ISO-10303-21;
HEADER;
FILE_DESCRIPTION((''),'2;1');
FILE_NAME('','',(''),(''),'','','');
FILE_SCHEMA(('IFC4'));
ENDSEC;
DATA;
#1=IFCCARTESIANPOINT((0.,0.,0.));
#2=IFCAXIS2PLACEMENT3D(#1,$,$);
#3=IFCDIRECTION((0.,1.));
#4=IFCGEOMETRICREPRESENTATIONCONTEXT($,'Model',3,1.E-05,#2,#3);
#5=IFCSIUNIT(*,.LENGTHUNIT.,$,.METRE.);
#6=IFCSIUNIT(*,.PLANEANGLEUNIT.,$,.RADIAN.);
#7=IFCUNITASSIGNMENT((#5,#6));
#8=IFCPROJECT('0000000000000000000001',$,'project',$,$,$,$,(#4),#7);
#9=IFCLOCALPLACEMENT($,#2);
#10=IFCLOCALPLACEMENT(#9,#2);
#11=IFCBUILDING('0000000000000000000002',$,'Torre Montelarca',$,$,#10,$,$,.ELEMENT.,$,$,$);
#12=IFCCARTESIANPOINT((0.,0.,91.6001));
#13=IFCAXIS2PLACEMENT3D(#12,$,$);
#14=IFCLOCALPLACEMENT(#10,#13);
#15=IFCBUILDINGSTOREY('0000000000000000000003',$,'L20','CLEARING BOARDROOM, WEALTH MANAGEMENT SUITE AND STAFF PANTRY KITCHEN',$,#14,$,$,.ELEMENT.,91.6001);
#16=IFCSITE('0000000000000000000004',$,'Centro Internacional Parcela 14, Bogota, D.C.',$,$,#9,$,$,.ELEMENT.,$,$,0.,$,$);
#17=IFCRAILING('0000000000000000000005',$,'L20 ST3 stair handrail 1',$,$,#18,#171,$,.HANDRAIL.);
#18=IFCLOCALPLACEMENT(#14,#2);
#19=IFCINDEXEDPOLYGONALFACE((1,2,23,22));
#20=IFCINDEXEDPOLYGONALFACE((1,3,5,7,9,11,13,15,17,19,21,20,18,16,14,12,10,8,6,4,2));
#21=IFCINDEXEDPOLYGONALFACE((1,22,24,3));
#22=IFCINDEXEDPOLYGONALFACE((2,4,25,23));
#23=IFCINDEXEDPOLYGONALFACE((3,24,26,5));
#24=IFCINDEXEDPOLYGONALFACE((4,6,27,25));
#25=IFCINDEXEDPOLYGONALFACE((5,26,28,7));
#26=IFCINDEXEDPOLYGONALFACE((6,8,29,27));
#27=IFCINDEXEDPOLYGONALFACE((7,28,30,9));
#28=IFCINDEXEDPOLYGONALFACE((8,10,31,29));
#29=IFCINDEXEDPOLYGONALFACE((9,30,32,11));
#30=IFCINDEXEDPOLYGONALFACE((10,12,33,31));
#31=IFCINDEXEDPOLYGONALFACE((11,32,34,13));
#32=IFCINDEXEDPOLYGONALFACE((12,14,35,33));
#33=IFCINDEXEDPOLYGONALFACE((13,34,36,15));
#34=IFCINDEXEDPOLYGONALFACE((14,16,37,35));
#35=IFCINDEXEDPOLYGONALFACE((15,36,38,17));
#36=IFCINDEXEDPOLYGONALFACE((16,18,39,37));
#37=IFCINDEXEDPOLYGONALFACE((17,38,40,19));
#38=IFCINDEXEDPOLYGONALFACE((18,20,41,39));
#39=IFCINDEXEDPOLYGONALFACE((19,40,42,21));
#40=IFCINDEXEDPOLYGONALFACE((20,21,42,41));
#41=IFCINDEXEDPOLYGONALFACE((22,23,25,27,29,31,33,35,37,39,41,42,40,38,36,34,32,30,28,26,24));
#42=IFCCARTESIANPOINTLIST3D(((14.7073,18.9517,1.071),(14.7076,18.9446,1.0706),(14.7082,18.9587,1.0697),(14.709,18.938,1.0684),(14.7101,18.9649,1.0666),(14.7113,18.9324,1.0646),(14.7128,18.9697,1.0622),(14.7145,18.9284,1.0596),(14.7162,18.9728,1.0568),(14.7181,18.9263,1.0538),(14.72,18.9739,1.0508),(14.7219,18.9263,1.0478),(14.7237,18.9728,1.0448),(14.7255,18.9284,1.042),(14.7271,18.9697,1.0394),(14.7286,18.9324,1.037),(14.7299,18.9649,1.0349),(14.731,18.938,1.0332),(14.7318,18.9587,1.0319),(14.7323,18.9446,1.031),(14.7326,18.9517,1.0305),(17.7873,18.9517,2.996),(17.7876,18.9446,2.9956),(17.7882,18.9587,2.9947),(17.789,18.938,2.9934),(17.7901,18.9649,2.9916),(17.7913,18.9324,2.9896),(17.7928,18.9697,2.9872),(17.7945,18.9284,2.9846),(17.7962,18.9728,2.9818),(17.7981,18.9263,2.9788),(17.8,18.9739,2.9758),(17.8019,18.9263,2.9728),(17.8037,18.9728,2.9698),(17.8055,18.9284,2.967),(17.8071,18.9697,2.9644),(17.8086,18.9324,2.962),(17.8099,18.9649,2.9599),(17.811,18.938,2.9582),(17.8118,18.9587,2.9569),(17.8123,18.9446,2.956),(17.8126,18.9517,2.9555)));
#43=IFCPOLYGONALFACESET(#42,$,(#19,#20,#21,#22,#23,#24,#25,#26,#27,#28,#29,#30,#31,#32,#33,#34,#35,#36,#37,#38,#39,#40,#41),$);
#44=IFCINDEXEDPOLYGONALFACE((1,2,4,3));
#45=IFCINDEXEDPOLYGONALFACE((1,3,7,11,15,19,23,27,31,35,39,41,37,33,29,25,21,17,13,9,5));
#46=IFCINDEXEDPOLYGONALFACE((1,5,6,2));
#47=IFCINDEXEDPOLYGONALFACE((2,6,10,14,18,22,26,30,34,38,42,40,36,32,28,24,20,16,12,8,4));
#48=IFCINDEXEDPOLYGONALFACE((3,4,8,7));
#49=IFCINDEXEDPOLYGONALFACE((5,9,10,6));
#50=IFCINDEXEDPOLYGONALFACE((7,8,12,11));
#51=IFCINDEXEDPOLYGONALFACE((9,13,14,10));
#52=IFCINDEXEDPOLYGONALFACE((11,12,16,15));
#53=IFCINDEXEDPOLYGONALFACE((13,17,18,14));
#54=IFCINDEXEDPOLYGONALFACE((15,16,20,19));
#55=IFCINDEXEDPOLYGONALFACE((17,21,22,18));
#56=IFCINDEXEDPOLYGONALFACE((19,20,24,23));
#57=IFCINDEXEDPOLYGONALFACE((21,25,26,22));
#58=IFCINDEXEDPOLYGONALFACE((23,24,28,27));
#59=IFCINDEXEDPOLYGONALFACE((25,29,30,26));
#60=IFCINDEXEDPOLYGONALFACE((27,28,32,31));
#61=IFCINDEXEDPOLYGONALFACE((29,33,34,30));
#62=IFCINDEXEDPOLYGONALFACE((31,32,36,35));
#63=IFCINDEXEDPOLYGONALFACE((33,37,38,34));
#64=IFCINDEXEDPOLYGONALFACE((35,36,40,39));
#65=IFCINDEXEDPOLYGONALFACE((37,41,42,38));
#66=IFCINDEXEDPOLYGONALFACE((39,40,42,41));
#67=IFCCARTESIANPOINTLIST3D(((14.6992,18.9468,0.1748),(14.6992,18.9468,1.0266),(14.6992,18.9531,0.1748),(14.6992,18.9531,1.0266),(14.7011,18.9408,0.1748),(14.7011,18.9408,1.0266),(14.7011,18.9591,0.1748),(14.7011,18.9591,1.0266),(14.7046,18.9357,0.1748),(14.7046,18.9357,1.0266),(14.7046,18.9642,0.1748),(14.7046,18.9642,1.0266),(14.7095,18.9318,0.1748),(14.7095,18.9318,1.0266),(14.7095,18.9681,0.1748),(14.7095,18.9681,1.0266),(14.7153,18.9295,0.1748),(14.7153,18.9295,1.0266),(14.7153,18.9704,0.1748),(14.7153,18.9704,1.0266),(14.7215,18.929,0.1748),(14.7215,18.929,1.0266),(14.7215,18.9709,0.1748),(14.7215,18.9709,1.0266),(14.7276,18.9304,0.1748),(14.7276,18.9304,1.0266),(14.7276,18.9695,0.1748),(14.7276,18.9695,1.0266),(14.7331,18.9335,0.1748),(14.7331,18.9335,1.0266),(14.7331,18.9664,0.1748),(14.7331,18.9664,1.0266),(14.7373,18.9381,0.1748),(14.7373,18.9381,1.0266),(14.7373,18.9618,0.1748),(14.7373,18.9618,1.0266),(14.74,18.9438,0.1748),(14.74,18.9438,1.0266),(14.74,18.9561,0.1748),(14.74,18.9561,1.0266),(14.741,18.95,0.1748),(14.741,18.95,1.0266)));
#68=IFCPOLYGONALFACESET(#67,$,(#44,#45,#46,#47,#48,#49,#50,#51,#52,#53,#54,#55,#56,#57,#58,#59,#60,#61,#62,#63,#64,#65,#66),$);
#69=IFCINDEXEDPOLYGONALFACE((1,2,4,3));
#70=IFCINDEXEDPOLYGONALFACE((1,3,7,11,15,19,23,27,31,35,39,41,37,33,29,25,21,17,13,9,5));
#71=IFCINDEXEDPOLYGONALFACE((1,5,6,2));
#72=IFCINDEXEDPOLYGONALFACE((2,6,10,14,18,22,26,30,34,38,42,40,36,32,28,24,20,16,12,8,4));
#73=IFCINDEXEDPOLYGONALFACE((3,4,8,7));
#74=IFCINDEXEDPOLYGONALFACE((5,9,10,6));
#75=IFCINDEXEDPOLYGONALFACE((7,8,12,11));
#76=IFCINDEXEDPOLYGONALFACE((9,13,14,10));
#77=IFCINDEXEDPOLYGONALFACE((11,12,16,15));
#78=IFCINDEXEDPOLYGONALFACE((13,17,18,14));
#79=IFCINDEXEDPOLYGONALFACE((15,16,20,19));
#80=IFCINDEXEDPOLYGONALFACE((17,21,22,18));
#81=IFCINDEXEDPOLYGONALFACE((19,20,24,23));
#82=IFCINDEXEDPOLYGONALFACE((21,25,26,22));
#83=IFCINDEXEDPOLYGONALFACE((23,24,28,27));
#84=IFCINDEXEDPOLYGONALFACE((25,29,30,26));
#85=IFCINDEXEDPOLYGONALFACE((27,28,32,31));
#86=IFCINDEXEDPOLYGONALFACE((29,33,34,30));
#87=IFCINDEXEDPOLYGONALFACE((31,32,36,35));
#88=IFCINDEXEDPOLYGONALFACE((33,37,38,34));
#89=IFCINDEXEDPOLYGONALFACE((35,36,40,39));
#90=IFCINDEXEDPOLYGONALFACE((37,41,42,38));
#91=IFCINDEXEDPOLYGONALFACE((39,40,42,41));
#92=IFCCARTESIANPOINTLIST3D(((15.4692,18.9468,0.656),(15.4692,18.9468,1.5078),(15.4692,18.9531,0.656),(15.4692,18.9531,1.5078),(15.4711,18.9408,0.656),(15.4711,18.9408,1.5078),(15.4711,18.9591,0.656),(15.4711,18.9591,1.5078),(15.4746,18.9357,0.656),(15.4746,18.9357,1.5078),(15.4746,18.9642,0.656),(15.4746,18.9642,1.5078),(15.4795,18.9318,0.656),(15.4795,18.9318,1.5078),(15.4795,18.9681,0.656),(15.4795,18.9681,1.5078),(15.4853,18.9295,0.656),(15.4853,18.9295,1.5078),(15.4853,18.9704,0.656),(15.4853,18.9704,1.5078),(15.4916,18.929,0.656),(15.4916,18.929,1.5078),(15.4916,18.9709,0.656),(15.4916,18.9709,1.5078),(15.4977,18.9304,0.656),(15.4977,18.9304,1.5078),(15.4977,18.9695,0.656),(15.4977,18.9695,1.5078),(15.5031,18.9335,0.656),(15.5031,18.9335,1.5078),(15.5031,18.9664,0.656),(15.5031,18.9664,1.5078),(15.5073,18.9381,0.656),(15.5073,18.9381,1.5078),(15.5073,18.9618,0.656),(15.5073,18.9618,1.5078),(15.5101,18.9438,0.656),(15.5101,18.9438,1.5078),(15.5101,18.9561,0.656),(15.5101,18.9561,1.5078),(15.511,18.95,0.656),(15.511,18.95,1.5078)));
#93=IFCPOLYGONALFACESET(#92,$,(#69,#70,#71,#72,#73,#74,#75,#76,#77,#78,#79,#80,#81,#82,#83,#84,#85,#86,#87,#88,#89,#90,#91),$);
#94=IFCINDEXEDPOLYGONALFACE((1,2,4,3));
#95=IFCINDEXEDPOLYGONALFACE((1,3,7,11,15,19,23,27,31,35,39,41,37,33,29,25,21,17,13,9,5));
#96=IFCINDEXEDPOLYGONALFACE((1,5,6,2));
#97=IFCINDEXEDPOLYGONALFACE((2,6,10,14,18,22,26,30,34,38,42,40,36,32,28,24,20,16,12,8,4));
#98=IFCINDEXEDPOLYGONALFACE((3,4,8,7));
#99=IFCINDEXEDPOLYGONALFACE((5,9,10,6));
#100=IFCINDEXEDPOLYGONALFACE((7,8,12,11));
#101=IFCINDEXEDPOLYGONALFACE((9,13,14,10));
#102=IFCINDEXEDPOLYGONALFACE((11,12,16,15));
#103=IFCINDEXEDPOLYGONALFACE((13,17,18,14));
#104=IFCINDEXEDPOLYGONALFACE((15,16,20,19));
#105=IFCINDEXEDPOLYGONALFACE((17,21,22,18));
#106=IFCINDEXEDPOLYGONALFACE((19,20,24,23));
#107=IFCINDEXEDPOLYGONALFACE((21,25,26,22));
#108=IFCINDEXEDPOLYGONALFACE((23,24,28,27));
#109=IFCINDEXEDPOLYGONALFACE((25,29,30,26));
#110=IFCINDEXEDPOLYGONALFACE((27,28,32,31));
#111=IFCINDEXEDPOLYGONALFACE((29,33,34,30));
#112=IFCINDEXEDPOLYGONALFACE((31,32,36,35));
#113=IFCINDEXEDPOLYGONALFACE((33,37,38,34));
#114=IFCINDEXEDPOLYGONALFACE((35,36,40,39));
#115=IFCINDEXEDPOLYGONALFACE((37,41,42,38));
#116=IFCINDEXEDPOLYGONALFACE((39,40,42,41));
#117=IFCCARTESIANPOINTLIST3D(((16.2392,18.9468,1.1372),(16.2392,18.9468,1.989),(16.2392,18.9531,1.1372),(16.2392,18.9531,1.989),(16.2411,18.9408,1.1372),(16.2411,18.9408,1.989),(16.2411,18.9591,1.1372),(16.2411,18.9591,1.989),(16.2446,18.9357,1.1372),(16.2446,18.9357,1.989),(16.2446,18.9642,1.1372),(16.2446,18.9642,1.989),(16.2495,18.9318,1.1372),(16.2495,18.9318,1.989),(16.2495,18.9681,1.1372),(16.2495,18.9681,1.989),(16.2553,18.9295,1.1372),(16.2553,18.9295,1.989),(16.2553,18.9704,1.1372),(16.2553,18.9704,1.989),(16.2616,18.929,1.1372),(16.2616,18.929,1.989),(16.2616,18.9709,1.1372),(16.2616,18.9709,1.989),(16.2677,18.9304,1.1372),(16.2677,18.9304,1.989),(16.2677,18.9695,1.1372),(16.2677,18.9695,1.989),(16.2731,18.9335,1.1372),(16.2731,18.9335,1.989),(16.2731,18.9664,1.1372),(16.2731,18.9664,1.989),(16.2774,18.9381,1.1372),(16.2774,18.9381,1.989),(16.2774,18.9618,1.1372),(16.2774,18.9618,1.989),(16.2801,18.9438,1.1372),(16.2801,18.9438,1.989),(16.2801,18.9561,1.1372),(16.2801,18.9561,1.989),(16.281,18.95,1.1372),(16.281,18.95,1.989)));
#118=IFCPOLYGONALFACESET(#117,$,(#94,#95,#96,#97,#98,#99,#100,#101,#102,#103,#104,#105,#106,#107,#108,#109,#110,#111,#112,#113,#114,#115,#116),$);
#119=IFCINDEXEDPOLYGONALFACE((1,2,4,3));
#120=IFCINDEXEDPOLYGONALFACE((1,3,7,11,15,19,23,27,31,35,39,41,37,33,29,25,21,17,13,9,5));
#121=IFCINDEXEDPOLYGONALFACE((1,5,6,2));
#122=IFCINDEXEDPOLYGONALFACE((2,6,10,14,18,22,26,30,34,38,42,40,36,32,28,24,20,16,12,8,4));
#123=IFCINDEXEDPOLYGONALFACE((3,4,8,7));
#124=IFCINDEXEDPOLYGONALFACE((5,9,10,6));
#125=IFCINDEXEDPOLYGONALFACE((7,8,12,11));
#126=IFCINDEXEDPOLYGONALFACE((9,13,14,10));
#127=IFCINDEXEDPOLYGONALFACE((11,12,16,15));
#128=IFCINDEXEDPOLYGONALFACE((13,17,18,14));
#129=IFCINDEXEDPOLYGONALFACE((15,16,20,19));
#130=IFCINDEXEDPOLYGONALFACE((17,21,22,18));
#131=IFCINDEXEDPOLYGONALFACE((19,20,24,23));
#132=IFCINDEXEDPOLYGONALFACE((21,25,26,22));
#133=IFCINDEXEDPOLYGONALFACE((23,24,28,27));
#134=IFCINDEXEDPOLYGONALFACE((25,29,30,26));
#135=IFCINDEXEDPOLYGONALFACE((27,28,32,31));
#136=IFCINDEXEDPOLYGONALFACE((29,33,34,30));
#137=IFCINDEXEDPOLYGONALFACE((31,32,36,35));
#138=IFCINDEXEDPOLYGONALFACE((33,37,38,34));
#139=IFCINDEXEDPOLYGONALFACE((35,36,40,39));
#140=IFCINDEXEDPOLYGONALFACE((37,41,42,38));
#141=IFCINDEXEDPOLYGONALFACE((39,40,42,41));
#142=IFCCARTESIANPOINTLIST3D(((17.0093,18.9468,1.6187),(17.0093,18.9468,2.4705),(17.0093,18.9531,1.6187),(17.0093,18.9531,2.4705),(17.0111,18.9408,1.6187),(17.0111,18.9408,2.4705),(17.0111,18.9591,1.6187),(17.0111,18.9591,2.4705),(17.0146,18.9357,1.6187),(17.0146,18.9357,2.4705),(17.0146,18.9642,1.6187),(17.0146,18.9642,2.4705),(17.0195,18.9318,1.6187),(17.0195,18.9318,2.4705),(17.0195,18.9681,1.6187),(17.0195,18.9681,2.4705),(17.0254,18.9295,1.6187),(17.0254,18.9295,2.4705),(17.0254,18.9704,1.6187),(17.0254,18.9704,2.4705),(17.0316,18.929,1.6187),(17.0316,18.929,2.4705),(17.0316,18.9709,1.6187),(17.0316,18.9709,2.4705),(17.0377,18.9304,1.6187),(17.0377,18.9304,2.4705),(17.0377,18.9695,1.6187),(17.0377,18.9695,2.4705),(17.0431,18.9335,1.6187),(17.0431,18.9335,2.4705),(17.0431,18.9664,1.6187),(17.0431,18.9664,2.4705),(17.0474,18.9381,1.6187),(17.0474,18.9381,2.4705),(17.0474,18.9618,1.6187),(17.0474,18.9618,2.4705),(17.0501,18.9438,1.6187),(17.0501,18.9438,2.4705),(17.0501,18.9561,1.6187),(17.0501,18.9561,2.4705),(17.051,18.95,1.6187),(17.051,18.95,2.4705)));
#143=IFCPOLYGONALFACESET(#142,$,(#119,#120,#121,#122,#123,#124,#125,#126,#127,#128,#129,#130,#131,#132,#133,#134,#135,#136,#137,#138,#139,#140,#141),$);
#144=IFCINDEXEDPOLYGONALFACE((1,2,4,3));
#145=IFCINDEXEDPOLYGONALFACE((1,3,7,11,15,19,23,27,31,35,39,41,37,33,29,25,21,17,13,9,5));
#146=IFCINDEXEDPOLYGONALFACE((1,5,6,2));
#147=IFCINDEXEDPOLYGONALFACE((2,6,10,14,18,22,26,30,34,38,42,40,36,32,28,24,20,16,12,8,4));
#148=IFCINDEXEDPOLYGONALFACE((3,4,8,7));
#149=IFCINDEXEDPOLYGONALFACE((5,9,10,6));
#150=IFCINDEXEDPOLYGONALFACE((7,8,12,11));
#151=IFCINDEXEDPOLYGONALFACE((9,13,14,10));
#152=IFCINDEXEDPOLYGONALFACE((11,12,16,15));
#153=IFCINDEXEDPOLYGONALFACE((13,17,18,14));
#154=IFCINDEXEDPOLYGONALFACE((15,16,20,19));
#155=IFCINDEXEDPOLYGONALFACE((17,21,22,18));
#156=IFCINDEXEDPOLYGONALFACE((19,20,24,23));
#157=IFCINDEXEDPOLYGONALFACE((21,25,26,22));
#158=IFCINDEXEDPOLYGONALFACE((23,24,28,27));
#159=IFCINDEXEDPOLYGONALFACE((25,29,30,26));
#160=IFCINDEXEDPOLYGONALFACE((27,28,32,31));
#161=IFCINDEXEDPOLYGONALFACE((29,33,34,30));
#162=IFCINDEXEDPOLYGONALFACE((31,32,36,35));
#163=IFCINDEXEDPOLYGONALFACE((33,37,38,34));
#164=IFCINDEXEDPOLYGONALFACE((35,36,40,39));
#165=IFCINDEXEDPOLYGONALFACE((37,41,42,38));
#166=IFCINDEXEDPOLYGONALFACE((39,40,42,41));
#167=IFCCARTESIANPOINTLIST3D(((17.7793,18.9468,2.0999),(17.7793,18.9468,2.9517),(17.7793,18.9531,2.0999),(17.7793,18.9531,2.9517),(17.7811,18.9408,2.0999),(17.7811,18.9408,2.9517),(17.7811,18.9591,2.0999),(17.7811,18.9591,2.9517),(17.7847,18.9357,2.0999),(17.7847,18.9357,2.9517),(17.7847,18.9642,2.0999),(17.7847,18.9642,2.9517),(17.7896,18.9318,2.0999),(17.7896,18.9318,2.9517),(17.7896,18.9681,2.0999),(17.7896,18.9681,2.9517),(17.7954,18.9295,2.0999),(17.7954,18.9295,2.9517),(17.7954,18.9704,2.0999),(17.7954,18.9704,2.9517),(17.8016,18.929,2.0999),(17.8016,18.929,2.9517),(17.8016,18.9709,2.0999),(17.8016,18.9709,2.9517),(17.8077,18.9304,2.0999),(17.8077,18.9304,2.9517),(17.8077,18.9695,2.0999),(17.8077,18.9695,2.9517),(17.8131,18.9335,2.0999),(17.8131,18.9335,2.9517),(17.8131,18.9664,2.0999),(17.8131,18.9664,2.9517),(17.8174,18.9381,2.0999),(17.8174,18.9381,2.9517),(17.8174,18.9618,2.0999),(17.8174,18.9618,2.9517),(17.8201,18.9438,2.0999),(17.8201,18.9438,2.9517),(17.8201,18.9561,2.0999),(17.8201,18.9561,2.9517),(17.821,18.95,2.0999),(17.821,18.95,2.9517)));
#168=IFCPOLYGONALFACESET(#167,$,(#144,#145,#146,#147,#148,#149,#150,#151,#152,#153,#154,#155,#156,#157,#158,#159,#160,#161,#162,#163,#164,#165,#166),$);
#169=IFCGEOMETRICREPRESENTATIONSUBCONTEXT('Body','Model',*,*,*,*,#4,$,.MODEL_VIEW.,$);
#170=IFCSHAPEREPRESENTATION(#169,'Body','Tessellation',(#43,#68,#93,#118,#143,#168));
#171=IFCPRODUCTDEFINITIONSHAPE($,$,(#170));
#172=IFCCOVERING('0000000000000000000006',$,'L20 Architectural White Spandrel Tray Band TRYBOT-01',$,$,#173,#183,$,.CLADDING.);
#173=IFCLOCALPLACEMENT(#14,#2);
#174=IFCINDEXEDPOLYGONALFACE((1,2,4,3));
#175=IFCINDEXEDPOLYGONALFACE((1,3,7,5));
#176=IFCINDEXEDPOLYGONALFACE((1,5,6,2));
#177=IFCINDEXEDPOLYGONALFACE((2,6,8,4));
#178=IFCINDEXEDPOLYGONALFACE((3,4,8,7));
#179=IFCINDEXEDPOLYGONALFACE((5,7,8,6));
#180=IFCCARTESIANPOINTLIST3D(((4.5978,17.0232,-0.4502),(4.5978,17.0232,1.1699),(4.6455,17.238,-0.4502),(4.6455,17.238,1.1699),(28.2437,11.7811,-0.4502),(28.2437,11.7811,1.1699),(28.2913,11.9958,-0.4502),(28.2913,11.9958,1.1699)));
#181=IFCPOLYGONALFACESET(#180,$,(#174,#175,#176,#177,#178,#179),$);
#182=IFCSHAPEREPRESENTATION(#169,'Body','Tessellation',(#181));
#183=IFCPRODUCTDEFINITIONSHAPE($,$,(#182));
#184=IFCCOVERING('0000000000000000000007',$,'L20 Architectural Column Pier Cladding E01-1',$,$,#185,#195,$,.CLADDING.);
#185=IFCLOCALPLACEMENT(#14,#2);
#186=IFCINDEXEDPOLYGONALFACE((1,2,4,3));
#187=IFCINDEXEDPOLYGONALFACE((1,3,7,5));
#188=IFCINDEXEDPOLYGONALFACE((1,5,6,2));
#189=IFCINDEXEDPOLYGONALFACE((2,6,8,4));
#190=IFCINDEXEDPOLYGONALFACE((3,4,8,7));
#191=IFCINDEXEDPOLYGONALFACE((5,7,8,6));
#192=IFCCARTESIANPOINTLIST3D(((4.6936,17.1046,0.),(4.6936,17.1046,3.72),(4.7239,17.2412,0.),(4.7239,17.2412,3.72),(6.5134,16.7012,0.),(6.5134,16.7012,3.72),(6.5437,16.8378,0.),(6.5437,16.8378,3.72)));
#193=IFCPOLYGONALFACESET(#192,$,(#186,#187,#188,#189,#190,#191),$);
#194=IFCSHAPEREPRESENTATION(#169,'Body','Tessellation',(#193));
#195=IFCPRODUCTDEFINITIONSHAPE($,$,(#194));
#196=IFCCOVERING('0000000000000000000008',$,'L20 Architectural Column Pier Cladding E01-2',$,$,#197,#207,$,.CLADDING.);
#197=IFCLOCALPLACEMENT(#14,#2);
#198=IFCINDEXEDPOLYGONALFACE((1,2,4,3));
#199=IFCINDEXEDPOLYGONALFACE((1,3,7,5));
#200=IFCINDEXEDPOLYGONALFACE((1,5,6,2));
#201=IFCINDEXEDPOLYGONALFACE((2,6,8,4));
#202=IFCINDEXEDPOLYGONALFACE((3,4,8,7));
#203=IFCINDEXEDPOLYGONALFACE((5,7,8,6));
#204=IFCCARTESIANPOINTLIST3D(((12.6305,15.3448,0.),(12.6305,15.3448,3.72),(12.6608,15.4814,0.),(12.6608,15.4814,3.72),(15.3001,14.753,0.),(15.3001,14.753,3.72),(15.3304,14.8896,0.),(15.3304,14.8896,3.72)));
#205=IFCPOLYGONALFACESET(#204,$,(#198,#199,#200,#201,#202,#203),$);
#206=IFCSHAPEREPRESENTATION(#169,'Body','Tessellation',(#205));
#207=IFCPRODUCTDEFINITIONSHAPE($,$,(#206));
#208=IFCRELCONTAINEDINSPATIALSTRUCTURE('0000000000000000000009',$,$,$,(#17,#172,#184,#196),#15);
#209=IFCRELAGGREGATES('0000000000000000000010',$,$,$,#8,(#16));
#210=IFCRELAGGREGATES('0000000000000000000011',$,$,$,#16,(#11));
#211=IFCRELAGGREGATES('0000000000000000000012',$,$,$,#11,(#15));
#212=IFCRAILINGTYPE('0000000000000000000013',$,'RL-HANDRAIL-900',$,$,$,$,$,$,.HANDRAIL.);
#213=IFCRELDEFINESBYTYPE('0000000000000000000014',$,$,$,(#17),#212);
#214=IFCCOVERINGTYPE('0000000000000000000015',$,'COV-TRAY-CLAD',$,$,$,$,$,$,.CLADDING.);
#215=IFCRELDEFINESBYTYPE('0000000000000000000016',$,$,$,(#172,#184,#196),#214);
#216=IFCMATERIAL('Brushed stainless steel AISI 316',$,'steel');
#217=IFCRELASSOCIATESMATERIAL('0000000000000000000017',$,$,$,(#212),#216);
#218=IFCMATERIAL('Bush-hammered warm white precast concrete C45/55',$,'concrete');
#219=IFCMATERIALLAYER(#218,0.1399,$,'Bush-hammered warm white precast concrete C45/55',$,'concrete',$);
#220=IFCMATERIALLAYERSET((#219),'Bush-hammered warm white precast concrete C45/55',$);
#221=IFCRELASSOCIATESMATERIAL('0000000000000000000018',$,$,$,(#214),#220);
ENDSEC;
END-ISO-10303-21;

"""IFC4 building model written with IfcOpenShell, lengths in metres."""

from ifc_helpers import new_model, si_unit, direction, frame, origin, origin_2d, place, context, subcontext, project, spatial, rectangle, circle, extrude, source, transform, mapped, material, layer, layer_set, type_object, element, save


model = new_model("IFC4")

# Units and contexts
model_context = context("Model", 3, precision=1e-05, world=origin(), true_north=direction((0.0, 1.0)))
body_context = subcontext(model_context, "Body", "Model", "MODEL_VIEW")
ifc_project = project(units=[si_unit("LENGTHUNIT", "METRE"), si_unit("PLANEANGLEUNIT", "RADIAN")], contexts=[model_context])

# Site, building, storey
site_placement = place(None, origin())
site = spatial("IfcSite", under=ifc_project, at=site_placement, Name="Centro Internacional Parcela 14, Bogota, D.C.", CompositionType="ELEMENT", RefElevation=0.0)
building_placement = place(site_placement, origin())
building = spatial("IfcBuilding", under=site, at=building_placement, Name="Torre Montelarca", CompositionType="ELEMENT")
storey_placement = place(building_placement, frame((0.0, 0.0, 91.6001)))
storey = spatial("IfcBuildingStorey", under=building, at=storey_placement, Name="L20", Description="CLEARING BOARDROOM, WEALTH MANAGEMENT SUITE AND STAFF PANTRY KITCHEN", CompositionType="ELEMENT", Elevation=91.6001)

# Railing
ifc_material_1 = material(Name="Brushed stainless steel AISI 316", Category="steel")
railing_type = type_object("IfcRailingType", Name="RL-HANDRAIL-900", PredefinedType="HANDRAIL", material=ifc_material_1)
railing_placement = place(storey_placement, frame((14.72, 18.95, 0.1748)))
element("IfcRailing", 1, at=railing_placement, inside=storey, type_object=railing_type, Name="L20 ST3 stair handrail 1", PredefinedType="HANDRAIL", context=body_context, shape_type="SweptSolid", body=[
    extrude(circle(Radius=0.0239, at=origin_2d()), frame((0.0, 0.0, 0.876), z_axis=(0.847998, 0.0, 0.529999), x_axis=(0.0, 1.0, 0.0)), (0.0, 0.0, 1.0), 3.6321),
    extrude(circle(Radius=0.021, at=origin_2d()), origin(), (0.0, 0.0, 1.0), 0.8518),
    extrude(circle(Radius=0.021, at=origin_2d()), frame((0.77, 0.0, 0.4812)), (0.0, 0.0, 1.0), 0.8518),
    extrude(circle(Radius=0.021, at=origin_2d()), frame((1.54, 0.0, 0.9624)), (0.0, 0.0, 1.0), 0.8518),
    extrude(circle(Radius=0.021, at=origin_2d()), frame((2.3101, 0.0, 1.4438)), (0.0, 0.0, 1.0), 0.8518),
    extrude(circle(Radius=0.021, at=origin_2d()), frame((3.0801, 0.0, 1.925)), (0.0, 0.0, 1.0), 0.8518),
])

# Coverings
ifc_material_2 = material(Name="Bush-hammered warm white precast concrete C45/55", Category="concrete")
ifc_layer_1 = layer(ifc_material_2, 0.1399, Name="Bush-hammered warm white precast concrete C45/55", Category="concrete")
ifc_layer_set_1 = layer_set([ifc_layer_1], Name="Bush-hammered warm white precast concrete C45/55")
covering_type = type_object("IfcCoveringType", Name="COV-TRAY-CLAD", PredefinedType="CLADDING", material=ifc_layer_set_1)
shared_shape_1 = source(origin(), body_context, "Body", "SweptSolid", [
    extrude(rectangle(XDim=24.22, YDim=0.22, at=origin_2d()), origin(), (0.0, 0.0, 1.0), 1.6201),
])
covering_1_placement = place(storey_placement, frame((16.4446, 14.5095, -0.4502), z_axis=(0.0, 0.0, 1.0), x_axis=(0.976296, -0.21644, 0.0)))
element("IfcCovering", 2, at=covering_1_placement, inside=storey, type_object=covering_type, Name="L20 Architectural White Spandrel Tray Band TRYBOT-01", PredefinedType="CLADDING", context=body_context, shape_type="MappedRepresentation", body=[
    mapped(shared_shape_1, transform((0.0, 0.0, 0.0), scale=1.0)),
])
shared_shape_2 = source(origin(), body_context, "Body", "SweptSolid", [
    extrude(rectangle(XDim=1.864, YDim=0.1399, at=origin_2d()), origin(), (0.0, 0.0, 1.0), 3.72),
])
covering_2_placement = place(storey_placement, frame((5.6187, 16.9712, 0.0), z_axis=(0.0, 0.0, 1.0), x_axis=(0.976296, -0.21644, 0.0)))
element("IfcCovering", 3, at=covering_2_placement, inside=storey, type_object=covering_type, Name="L20 Architectural Column Pier Cladding E01-1", PredefinedType="CLADDING", context=body_context, shape_type="MappedRepresentation", body=[
    mapped(shared_shape_2, transform((0.0, 0.0, 0.0), scale=1.0)),
])
shared_shape_3 = source(origin(), body_context, "Body", "SweptSolid", [
    extrude(rectangle(XDim=2.7344, YDim=0.1399, at=origin_2d()), origin(), (0.0, 0.0, 1.0), 3.72),
])
covering_3_placement = place(storey_placement, frame((13.9805, 15.1172, 0.0), z_axis=(0.0, 0.0, 1.0), x_axis=(0.976296, -0.21644, 0.0)))
element("IfcCovering", 4, at=covering_3_placement, inside=storey, type_object=covering_type, Name="L20 Architectural Column Pier Cladding E01-2", PredefinedType="CLADDING", context=body_context, shape_type="MappedRepresentation", body=[
    mapped(shared_shape_3, transform((0.0, 0.0, 0.0), scale=1.0)),
])

save(model, "model.ifc")
